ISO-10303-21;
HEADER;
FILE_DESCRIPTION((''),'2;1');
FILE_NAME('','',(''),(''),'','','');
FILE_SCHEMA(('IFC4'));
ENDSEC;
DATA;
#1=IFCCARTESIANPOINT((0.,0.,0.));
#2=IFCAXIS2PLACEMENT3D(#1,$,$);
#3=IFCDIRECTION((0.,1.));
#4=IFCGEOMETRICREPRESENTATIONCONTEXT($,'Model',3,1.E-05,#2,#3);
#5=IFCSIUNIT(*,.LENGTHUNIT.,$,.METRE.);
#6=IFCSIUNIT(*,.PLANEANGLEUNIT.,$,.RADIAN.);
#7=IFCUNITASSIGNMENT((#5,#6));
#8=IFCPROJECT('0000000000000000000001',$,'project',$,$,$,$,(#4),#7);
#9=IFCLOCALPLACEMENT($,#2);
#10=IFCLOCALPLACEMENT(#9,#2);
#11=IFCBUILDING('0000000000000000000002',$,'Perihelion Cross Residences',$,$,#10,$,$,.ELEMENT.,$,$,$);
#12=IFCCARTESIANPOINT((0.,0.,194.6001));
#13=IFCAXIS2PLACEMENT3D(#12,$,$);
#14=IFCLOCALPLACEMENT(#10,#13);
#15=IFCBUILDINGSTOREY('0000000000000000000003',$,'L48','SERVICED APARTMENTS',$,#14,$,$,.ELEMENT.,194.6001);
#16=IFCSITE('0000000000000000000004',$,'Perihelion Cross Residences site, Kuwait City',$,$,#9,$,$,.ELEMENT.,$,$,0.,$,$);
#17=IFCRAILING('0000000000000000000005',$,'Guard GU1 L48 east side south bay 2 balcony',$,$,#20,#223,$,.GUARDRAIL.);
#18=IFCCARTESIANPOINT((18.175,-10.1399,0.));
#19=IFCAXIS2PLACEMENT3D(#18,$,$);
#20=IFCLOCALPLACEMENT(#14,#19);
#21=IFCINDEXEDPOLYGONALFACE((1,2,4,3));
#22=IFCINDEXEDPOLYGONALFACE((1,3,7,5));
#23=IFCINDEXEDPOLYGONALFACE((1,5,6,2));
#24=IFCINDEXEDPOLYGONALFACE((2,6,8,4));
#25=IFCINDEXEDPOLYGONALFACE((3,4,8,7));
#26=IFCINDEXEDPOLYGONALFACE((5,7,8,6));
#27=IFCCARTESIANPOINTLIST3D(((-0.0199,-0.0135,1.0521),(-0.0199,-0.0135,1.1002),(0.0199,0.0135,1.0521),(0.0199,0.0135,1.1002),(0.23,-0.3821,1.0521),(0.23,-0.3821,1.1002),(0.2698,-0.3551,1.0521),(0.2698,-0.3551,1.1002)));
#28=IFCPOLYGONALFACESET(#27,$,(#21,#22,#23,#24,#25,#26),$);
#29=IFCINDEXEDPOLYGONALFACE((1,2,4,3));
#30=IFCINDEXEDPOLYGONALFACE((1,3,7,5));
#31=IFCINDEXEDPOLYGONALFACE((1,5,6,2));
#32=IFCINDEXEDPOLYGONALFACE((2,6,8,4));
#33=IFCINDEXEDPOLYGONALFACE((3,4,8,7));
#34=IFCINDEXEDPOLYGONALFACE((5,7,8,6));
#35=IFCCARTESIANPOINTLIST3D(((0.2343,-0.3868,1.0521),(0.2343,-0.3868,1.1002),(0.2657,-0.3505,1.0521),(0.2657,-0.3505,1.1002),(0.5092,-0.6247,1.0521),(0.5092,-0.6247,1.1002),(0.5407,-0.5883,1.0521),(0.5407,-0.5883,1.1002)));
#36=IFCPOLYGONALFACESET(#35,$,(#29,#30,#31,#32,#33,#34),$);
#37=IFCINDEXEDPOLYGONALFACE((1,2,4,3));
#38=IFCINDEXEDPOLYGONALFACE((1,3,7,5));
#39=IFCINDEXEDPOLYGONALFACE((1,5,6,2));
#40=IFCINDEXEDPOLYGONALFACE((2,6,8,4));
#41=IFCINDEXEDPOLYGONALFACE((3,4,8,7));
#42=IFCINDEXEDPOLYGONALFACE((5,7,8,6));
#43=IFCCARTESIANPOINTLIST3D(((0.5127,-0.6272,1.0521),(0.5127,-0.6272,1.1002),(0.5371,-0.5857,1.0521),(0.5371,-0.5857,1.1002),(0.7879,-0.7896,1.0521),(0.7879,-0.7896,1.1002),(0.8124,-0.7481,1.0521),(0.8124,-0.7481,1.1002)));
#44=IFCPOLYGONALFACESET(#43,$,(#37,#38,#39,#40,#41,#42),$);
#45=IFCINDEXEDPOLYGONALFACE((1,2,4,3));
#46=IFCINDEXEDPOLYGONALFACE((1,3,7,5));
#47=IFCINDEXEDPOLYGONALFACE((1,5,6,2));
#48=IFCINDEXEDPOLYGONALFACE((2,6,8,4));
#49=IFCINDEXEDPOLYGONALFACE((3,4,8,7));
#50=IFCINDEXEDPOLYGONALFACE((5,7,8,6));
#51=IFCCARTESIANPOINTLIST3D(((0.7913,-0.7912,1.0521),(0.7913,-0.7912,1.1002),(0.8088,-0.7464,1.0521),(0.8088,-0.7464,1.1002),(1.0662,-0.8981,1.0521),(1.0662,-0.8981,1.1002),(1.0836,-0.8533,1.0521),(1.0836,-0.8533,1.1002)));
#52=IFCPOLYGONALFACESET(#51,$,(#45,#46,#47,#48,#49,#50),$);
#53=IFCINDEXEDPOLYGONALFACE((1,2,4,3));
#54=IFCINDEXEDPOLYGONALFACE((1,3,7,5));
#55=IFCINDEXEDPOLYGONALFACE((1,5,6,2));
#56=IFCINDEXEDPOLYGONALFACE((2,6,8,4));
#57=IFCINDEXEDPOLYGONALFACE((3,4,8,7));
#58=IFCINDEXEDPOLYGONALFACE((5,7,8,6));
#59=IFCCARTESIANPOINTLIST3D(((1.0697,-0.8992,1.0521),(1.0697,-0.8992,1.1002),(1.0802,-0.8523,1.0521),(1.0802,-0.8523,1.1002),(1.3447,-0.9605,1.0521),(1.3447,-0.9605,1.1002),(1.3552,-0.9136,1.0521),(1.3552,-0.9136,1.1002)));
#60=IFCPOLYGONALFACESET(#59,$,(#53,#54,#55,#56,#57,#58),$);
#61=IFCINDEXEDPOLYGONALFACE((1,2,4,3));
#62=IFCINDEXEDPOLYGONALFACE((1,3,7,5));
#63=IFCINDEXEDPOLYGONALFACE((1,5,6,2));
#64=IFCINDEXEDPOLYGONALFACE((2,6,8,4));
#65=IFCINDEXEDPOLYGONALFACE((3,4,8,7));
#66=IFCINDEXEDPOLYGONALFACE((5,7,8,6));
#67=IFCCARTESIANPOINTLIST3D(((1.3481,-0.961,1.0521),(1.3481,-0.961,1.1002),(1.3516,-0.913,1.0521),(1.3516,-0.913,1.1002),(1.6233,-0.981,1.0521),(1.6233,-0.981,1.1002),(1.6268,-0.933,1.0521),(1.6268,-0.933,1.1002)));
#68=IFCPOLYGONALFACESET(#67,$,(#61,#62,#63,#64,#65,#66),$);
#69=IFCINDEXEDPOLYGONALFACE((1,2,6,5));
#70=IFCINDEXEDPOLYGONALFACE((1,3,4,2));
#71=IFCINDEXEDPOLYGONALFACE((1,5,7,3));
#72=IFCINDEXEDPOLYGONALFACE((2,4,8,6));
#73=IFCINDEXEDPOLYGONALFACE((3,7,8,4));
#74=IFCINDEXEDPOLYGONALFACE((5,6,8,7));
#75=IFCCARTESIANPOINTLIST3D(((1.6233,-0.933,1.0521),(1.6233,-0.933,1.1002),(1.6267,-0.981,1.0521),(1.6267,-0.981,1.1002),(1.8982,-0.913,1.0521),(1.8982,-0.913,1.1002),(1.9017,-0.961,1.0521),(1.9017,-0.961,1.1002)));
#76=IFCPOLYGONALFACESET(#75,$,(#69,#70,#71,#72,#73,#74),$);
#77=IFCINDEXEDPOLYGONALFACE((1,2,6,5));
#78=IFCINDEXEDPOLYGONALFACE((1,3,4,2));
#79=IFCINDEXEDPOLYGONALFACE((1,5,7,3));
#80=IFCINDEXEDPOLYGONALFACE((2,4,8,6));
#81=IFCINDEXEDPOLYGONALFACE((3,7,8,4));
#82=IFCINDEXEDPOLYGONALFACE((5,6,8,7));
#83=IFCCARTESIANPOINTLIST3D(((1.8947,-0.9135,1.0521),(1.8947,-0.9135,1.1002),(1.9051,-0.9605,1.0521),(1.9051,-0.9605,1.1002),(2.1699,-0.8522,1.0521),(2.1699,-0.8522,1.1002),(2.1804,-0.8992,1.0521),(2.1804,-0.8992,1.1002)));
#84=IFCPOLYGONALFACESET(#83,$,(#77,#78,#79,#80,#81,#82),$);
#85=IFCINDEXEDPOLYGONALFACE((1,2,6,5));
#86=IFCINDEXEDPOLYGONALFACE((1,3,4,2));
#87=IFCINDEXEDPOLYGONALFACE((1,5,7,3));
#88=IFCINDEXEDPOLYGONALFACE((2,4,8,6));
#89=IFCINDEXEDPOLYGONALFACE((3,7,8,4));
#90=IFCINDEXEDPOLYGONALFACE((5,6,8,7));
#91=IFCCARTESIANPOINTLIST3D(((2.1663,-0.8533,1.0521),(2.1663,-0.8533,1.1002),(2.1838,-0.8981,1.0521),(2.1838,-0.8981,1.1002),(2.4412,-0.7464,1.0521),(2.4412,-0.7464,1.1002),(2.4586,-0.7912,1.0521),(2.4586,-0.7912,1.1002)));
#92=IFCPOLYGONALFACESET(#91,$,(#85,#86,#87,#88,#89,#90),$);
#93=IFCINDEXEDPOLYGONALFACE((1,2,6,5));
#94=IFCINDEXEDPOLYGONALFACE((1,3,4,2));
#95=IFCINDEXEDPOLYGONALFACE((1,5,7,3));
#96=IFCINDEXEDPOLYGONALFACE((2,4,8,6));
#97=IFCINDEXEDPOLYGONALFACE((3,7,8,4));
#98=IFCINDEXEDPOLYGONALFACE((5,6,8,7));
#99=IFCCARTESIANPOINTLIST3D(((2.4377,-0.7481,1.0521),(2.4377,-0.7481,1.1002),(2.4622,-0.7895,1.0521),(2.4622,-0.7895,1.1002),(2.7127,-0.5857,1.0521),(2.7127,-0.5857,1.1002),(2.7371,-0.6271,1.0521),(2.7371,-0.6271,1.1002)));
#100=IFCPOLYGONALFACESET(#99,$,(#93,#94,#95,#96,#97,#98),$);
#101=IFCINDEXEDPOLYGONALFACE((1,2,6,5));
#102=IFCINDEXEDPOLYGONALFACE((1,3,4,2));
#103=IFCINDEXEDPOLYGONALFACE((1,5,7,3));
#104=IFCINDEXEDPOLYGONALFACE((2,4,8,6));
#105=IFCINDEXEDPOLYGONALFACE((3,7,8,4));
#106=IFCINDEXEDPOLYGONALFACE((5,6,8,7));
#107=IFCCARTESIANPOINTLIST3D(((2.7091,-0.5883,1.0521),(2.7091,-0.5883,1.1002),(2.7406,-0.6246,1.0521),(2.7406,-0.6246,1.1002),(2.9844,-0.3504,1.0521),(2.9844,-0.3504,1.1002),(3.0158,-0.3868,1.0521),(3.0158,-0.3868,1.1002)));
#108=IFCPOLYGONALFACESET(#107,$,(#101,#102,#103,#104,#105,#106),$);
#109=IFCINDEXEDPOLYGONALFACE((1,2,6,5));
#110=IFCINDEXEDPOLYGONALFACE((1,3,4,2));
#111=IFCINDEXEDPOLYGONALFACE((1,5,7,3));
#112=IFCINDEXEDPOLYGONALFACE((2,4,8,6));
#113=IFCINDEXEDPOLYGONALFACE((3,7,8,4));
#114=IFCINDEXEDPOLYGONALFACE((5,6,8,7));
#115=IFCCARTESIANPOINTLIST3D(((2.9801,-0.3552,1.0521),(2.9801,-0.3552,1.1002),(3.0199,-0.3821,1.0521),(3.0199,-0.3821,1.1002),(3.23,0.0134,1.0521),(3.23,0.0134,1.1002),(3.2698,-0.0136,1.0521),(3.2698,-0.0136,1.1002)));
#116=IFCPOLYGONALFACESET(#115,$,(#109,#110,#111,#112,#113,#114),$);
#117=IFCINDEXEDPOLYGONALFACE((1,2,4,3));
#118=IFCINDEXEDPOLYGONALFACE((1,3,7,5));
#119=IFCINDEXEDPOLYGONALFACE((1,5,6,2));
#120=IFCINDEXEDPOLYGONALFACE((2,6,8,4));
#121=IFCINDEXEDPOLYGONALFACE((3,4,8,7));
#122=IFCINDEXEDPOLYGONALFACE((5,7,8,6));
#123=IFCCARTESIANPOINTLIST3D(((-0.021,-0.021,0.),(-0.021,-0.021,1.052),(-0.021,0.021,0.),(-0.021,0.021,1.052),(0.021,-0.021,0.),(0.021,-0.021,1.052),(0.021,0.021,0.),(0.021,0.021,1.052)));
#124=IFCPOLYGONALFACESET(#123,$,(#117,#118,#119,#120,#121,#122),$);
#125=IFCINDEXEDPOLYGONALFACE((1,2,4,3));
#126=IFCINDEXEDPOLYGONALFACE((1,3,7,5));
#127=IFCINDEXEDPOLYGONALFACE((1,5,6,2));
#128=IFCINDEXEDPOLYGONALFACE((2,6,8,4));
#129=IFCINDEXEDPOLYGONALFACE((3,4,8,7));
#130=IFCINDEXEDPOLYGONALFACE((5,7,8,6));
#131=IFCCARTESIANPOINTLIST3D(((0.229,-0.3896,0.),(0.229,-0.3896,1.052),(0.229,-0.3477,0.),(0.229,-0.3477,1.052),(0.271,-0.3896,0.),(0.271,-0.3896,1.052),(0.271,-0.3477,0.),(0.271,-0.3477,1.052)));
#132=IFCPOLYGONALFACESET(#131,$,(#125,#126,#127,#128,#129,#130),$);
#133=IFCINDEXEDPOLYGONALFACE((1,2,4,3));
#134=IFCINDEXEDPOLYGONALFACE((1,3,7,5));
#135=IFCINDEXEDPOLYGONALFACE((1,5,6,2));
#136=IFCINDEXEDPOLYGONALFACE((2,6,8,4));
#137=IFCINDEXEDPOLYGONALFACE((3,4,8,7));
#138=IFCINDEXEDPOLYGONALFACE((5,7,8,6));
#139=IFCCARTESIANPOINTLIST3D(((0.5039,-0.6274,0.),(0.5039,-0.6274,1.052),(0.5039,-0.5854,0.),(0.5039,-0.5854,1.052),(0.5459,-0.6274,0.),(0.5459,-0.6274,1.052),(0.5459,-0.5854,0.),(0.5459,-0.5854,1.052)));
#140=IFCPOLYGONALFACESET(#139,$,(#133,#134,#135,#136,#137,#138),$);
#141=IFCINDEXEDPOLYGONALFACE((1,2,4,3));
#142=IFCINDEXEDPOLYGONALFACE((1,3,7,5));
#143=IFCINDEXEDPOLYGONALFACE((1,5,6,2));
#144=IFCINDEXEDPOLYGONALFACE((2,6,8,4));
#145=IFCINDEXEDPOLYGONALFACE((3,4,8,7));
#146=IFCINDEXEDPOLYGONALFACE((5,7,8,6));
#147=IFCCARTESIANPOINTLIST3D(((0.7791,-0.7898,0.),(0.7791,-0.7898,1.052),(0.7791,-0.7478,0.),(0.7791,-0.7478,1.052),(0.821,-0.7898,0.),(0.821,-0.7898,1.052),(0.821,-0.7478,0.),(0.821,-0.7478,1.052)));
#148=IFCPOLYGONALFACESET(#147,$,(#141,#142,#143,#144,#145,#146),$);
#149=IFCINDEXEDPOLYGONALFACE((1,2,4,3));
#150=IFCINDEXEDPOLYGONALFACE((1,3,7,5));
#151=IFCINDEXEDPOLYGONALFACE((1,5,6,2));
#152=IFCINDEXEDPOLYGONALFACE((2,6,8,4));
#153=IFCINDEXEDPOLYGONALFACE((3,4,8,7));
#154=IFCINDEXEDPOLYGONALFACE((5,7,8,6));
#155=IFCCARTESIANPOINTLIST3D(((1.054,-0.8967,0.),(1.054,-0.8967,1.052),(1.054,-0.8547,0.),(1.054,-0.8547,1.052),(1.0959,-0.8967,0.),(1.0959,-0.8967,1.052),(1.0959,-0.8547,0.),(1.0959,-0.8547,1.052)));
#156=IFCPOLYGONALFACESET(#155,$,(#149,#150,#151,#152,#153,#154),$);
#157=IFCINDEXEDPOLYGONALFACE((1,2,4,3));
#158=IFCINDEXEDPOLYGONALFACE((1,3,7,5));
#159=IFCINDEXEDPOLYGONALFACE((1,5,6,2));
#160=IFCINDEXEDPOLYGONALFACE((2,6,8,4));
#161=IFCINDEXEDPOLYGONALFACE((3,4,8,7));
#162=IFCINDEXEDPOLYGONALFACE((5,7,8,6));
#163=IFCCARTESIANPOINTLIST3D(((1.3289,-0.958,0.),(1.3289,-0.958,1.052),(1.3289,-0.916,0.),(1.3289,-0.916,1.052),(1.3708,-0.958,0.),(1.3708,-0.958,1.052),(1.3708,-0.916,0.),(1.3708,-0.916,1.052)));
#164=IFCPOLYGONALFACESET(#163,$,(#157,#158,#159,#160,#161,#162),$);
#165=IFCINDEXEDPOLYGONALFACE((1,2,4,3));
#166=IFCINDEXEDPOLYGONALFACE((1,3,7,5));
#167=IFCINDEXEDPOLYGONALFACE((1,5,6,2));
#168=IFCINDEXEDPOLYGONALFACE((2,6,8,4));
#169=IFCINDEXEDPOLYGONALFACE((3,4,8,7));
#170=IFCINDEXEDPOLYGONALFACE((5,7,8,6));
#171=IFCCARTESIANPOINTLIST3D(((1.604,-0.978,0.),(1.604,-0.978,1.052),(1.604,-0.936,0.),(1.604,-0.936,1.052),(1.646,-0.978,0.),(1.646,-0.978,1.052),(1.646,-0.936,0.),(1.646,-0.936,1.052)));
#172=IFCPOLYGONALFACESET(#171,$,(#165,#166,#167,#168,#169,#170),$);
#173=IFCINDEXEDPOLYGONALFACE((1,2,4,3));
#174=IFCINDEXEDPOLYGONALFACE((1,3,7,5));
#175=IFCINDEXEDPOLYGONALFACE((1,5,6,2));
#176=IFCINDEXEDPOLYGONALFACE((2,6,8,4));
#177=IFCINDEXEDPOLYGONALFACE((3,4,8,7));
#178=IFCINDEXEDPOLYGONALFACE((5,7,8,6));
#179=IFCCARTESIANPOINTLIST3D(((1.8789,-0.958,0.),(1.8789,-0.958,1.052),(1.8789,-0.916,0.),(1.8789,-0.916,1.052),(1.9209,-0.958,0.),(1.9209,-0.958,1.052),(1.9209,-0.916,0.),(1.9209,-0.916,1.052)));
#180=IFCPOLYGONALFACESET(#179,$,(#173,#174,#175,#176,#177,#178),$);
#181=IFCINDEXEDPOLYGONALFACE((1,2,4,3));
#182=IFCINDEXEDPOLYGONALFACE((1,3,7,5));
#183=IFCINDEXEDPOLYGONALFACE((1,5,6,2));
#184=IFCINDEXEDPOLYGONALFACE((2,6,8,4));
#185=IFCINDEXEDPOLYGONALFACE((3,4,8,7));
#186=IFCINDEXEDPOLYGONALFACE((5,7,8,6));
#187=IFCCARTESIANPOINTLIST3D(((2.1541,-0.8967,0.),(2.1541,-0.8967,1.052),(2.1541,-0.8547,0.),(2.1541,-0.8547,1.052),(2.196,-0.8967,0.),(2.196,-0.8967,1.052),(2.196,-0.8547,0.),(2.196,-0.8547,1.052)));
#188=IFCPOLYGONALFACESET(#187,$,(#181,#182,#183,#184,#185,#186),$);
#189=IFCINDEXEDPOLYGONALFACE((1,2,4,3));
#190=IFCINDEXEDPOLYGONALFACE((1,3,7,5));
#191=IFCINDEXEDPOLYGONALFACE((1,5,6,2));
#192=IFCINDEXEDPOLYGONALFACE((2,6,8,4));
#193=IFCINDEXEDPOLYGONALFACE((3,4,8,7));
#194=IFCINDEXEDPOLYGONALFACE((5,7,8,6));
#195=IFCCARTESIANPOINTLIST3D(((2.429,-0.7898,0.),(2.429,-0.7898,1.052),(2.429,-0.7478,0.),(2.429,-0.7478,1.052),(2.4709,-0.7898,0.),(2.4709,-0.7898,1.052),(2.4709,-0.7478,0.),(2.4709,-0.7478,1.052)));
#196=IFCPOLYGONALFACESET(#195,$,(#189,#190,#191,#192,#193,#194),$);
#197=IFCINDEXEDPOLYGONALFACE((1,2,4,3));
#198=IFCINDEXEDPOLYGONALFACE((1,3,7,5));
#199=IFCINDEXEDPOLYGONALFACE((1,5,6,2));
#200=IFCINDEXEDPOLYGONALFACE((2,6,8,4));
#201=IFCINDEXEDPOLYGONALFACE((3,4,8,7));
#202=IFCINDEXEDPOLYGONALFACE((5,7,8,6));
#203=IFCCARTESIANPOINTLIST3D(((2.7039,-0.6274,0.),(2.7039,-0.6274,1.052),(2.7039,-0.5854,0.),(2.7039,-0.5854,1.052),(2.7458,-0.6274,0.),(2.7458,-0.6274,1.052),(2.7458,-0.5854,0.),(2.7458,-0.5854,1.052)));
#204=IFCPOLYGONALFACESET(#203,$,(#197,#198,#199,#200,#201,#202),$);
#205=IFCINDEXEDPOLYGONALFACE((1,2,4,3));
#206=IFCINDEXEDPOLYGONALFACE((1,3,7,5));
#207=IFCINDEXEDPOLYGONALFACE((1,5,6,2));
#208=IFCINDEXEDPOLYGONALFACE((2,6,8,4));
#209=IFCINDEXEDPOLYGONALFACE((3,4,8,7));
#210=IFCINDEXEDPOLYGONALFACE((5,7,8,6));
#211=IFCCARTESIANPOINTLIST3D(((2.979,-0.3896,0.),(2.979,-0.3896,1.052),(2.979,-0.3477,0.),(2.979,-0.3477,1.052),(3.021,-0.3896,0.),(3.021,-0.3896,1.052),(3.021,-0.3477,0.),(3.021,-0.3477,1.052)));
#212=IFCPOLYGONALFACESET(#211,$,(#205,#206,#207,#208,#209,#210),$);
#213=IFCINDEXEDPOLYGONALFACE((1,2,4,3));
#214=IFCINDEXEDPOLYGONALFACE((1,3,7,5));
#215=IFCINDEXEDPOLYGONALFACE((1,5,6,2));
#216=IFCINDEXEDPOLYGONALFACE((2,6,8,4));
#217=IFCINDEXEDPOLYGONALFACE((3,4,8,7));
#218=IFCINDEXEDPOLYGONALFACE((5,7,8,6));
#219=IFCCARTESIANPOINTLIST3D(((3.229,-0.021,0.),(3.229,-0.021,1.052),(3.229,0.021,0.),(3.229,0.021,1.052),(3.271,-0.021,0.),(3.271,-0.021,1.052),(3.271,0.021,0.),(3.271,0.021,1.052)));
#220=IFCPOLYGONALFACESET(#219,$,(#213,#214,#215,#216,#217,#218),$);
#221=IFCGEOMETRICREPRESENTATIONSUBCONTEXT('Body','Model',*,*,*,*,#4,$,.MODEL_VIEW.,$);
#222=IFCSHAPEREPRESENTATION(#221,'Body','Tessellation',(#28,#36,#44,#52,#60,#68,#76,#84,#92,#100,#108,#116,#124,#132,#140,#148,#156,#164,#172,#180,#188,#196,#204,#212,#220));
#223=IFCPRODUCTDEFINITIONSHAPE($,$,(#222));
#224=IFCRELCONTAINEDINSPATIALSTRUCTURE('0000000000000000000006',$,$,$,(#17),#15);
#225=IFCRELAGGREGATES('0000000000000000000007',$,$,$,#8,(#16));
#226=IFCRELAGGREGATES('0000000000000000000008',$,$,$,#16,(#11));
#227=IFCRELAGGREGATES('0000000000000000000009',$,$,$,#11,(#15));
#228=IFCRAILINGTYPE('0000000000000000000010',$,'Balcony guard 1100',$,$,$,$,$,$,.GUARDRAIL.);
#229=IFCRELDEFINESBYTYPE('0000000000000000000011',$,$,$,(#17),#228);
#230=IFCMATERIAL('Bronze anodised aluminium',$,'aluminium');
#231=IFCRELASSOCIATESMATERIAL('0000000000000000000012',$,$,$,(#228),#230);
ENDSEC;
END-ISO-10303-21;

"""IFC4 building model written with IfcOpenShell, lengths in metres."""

from ifc_helpers import new_model, si_unit, direction, frame, origin, origin_2d, place, context, subcontext, project, spatial, rectangle, extrude, material, type_object, element, save


model = new_model("IFC4")

# Units and contexts
model_context = context("Model", 3, precision=1e-05, world=origin(), true_north=direction((0.0, 1.0)))
body_context = subcontext(model_context, "Body", "Model", "MODEL_VIEW")
ifc_project = project(units=[si_unit("LENGTHUNIT", "METRE"), si_unit("PLANEANGLEUNIT", "RADIAN")], contexts=[model_context])

# Site, building, storey
site_placement = place(None, origin())
site = spatial("IfcSite", under=ifc_project, at=site_placement, Name="Perihelion Cross Residences site, Kuwait City", CompositionType="ELEMENT", RefElevation=0.0)
building_placement = place(site_placement, origin())
building = spatial("IfcBuilding", under=site, at=building_placement, Name="Perihelion Cross Residences", CompositionType="ELEMENT")
storey_placement = place(building_placement, frame((0.0, 0.0, 194.6001)))
storey = spatial("IfcBuildingStorey", under=building, at=storey_placement, Name="L48", Description="SERVICED APARTMENTS", CompositionType="ELEMENT", Elevation=194.6001)

# Railing
ifc_material_1 = material(Name="Bronze anodised aluminium", Category="aluminium")
railing_type = type_object("IfcRailingType", Name="Balcony guard 1100", PredefinedType="GUARDRAIL", material=ifc_material_1)
railing_1_placement = place(storey_placement, frame((18.175, -10.1399, 0.0)))
element("IfcRailing", 1, at=railing_1_placement, inside=storey, type_object=railing_type, Name="Guard GU1 L48 east side south bay 2 balcony", PredefinedType="GUARDRAIL", context=body_context, shape_type="SweptSolid", body=[
    extrude(rectangle(XDim=0.0481, YDim=0.0481, at=origin_2d()), frame((0.0, 0.0, 1.0762), z_axis=(0.56126, -0.827639, 0.0), x_axis=(0.827639, 0.56126, 0.0)), (0.0, 0.0, 1.0), 0.4453),
    extrude(rectangle(XDim=0.0481, YDim=0.0481, at=origin_2d()), frame((0.25, -0.3687, 1.0762), z_axis=(0.756309, -0.654214, 0.0), x_axis=(0.654214, 0.756309, 0.0)), (0.0, 0.0, 1.0), 0.3635),
    extrude(rectangle(XDim=0.0481, YDim=0.0481, at=origin_2d()), frame((0.5249, -0.6064, 1.0762), z_axis=(0.861246, -0.508189, 0.0), x_axis=(0.508189, 0.861246, 0.0)), (0.0, 0.0, 1.0), 0.3196),
    extrude(rectangle(XDim=0.0481, YDim=0.0481, at=origin_2d()), frame((0.8, -0.7688, 1.0762), z_axis=(0.931974, -0.362526, 0.0), x_axis=(0.362526, 0.931974, 0.0)), (0.0, 0.0, 1.0), 0.2949),
    extrude(rectangle(XDim=0.0481, YDim=0.0481, at=origin_2d()), frame((1.075, -0.8757, 1.0762), z_axis=(0.976044, -0.217573, 0.0), x_axis=(0.217573, 0.976044, 0.0)), (0.0, 0.0, 1.0), 0.2817),
    extrude(rectangle(XDim=0.0481, YDim=0.0481, at=origin_2d()), frame((1.3499, -0.937, 1.0762), z_axis=(0.997363, -0.072568, 0.0), x_axis=(0.072568, 0.997363, 0.0)), (0.0, 0.0, 1.0), 0.2759),
    extrude(rectangle(XDim=0.0481, YDim=0.0481, at=origin_2d()), frame((1.625, -0.957, 1.0762), z_axis=(0.997359, 0.072632, 0.0), x_axis=(-0.072632, 0.997359, 0.0)), (0.0, 0.0, 1.0), 0.2756),
    extrude(rectangle(XDim=0.0481, YDim=0.0481, at=origin_2d()), frame((1.8999, -0.937, 1.0762), z_axis=(0.976085, 0.217389, 0.0), x_axis=(-0.217389, 0.976085, 0.0)), (0.0, 0.0, 1.0), 0.282),
    extrude(rectangle(XDim=0.0481, YDim=0.0481, at=origin_2d()), frame((2.175, -0.8757, 1.0762), z_axis=(0.931974, 0.362526, 0.0), x_axis=(-0.362526, 0.931974, 0.0)), (0.0, 0.0, 1.0), 0.2949),
    extrude(rectangle(XDim=0.0481, YDim=0.0481, at=origin_2d()), frame((2.45, -0.7688, 1.0762), z_axis=(0.861048, 0.508523, 0.0), x_axis=(-0.508523, 0.861048, 0.0)), (0.0, 0.0, 1.0), 0.3193),
    extrude(rectangle(XDim=0.0481, YDim=0.0481, at=origin_2d()), frame((2.7249, -0.6064, 1.0762), z_axis=(0.756597, 0.653882, 0.0), x_axis=(-0.653882, 0.756597, 0.0)), (0.0, 0.0, 1.0), 0.3638),
    extrude(rectangle(XDim=0.0481, YDim=0.0481, at=origin_2d()), frame((3.0, -0.3687, 1.0762), z_axis=(0.56126, 0.827639, 0.0), x_axis=(-0.827639, 0.56126, 0.0)), (0.0, 0.0, 1.0), 0.4453),
    extrude(rectangle(XDim=0.042, YDim=0.042, at=origin_2d()), origin(), (0.0, 0.0, 1.0), 1.052),
    extrude(rectangle(XDim=0.042, YDim=0.042, at=origin_2d()), frame((0.25, -0.3687, 0.0)), (0.0, 0.0, 1.0), 1.052),
    extrude(rectangle(XDim=0.042, YDim=0.042, at=origin_2d()), frame((0.5249, -0.6064, 0.0)), (0.0, 0.0, 1.0), 1.052),
    extrude(rectangle(XDim=0.042, YDim=0.042, at=origin_2d()), frame((0.8, -0.7688, 0.0)), (0.0, 0.0, 1.0), 1.052),
    extrude(rectangle(XDim=0.042, YDim=0.042, at=origin_2d()), frame((1.075, -0.8757, 0.0)), (0.0, 0.0, 1.0), 1.052),
    extrude(rectangle(XDim=0.042, YDim=0.042, at=origin_2d()), frame((1.3499, -0.937, 0.0)), (0.0, 0.0, 1.0), 1.052),
    extrude(rectangle(XDim=0.042, YDim=0.042, at=origin_2d()), frame((1.625, -0.957, 0.0)), (0.0, 0.0, 1.0), 1.052),
    extrude(rectangle(XDim=0.042, YDim=0.042, at=origin_2d()), frame((1.8999, -0.937, 0.0)), (0.0, 0.0, 1.0), 1.052),
    extrude(rectangle(XDim=0.042, YDim=0.042, at=origin_2d()), frame((2.175, -0.8757, 0.0)), (0.0, 0.0, 1.0), 1.052),
    extrude(rectangle(XDim=0.042, YDim=0.042, at=origin_2d()), frame((2.45, -0.7688, 0.0)), (0.0, 0.0, 1.0), 1.052),
    extrude(rectangle(XDim=0.042, YDim=0.042, at=origin_2d()), frame((2.7249, -0.6064, 0.0)), (0.0, 0.0, 1.0), 1.052),
    extrude(rectangle(XDim=0.042, YDim=0.042, at=origin_2d()), frame((3.0, -0.3687, 0.0)), (0.0, 0.0, 1.0), 1.052),
    extrude(rectangle(XDim=0.042, YDim=0.042, at=origin_2d()), frame((3.25, 0.0, 0.0)), (0.0, 0.0, 1.0), 1.052),
])

save(model, "model.ifc")
